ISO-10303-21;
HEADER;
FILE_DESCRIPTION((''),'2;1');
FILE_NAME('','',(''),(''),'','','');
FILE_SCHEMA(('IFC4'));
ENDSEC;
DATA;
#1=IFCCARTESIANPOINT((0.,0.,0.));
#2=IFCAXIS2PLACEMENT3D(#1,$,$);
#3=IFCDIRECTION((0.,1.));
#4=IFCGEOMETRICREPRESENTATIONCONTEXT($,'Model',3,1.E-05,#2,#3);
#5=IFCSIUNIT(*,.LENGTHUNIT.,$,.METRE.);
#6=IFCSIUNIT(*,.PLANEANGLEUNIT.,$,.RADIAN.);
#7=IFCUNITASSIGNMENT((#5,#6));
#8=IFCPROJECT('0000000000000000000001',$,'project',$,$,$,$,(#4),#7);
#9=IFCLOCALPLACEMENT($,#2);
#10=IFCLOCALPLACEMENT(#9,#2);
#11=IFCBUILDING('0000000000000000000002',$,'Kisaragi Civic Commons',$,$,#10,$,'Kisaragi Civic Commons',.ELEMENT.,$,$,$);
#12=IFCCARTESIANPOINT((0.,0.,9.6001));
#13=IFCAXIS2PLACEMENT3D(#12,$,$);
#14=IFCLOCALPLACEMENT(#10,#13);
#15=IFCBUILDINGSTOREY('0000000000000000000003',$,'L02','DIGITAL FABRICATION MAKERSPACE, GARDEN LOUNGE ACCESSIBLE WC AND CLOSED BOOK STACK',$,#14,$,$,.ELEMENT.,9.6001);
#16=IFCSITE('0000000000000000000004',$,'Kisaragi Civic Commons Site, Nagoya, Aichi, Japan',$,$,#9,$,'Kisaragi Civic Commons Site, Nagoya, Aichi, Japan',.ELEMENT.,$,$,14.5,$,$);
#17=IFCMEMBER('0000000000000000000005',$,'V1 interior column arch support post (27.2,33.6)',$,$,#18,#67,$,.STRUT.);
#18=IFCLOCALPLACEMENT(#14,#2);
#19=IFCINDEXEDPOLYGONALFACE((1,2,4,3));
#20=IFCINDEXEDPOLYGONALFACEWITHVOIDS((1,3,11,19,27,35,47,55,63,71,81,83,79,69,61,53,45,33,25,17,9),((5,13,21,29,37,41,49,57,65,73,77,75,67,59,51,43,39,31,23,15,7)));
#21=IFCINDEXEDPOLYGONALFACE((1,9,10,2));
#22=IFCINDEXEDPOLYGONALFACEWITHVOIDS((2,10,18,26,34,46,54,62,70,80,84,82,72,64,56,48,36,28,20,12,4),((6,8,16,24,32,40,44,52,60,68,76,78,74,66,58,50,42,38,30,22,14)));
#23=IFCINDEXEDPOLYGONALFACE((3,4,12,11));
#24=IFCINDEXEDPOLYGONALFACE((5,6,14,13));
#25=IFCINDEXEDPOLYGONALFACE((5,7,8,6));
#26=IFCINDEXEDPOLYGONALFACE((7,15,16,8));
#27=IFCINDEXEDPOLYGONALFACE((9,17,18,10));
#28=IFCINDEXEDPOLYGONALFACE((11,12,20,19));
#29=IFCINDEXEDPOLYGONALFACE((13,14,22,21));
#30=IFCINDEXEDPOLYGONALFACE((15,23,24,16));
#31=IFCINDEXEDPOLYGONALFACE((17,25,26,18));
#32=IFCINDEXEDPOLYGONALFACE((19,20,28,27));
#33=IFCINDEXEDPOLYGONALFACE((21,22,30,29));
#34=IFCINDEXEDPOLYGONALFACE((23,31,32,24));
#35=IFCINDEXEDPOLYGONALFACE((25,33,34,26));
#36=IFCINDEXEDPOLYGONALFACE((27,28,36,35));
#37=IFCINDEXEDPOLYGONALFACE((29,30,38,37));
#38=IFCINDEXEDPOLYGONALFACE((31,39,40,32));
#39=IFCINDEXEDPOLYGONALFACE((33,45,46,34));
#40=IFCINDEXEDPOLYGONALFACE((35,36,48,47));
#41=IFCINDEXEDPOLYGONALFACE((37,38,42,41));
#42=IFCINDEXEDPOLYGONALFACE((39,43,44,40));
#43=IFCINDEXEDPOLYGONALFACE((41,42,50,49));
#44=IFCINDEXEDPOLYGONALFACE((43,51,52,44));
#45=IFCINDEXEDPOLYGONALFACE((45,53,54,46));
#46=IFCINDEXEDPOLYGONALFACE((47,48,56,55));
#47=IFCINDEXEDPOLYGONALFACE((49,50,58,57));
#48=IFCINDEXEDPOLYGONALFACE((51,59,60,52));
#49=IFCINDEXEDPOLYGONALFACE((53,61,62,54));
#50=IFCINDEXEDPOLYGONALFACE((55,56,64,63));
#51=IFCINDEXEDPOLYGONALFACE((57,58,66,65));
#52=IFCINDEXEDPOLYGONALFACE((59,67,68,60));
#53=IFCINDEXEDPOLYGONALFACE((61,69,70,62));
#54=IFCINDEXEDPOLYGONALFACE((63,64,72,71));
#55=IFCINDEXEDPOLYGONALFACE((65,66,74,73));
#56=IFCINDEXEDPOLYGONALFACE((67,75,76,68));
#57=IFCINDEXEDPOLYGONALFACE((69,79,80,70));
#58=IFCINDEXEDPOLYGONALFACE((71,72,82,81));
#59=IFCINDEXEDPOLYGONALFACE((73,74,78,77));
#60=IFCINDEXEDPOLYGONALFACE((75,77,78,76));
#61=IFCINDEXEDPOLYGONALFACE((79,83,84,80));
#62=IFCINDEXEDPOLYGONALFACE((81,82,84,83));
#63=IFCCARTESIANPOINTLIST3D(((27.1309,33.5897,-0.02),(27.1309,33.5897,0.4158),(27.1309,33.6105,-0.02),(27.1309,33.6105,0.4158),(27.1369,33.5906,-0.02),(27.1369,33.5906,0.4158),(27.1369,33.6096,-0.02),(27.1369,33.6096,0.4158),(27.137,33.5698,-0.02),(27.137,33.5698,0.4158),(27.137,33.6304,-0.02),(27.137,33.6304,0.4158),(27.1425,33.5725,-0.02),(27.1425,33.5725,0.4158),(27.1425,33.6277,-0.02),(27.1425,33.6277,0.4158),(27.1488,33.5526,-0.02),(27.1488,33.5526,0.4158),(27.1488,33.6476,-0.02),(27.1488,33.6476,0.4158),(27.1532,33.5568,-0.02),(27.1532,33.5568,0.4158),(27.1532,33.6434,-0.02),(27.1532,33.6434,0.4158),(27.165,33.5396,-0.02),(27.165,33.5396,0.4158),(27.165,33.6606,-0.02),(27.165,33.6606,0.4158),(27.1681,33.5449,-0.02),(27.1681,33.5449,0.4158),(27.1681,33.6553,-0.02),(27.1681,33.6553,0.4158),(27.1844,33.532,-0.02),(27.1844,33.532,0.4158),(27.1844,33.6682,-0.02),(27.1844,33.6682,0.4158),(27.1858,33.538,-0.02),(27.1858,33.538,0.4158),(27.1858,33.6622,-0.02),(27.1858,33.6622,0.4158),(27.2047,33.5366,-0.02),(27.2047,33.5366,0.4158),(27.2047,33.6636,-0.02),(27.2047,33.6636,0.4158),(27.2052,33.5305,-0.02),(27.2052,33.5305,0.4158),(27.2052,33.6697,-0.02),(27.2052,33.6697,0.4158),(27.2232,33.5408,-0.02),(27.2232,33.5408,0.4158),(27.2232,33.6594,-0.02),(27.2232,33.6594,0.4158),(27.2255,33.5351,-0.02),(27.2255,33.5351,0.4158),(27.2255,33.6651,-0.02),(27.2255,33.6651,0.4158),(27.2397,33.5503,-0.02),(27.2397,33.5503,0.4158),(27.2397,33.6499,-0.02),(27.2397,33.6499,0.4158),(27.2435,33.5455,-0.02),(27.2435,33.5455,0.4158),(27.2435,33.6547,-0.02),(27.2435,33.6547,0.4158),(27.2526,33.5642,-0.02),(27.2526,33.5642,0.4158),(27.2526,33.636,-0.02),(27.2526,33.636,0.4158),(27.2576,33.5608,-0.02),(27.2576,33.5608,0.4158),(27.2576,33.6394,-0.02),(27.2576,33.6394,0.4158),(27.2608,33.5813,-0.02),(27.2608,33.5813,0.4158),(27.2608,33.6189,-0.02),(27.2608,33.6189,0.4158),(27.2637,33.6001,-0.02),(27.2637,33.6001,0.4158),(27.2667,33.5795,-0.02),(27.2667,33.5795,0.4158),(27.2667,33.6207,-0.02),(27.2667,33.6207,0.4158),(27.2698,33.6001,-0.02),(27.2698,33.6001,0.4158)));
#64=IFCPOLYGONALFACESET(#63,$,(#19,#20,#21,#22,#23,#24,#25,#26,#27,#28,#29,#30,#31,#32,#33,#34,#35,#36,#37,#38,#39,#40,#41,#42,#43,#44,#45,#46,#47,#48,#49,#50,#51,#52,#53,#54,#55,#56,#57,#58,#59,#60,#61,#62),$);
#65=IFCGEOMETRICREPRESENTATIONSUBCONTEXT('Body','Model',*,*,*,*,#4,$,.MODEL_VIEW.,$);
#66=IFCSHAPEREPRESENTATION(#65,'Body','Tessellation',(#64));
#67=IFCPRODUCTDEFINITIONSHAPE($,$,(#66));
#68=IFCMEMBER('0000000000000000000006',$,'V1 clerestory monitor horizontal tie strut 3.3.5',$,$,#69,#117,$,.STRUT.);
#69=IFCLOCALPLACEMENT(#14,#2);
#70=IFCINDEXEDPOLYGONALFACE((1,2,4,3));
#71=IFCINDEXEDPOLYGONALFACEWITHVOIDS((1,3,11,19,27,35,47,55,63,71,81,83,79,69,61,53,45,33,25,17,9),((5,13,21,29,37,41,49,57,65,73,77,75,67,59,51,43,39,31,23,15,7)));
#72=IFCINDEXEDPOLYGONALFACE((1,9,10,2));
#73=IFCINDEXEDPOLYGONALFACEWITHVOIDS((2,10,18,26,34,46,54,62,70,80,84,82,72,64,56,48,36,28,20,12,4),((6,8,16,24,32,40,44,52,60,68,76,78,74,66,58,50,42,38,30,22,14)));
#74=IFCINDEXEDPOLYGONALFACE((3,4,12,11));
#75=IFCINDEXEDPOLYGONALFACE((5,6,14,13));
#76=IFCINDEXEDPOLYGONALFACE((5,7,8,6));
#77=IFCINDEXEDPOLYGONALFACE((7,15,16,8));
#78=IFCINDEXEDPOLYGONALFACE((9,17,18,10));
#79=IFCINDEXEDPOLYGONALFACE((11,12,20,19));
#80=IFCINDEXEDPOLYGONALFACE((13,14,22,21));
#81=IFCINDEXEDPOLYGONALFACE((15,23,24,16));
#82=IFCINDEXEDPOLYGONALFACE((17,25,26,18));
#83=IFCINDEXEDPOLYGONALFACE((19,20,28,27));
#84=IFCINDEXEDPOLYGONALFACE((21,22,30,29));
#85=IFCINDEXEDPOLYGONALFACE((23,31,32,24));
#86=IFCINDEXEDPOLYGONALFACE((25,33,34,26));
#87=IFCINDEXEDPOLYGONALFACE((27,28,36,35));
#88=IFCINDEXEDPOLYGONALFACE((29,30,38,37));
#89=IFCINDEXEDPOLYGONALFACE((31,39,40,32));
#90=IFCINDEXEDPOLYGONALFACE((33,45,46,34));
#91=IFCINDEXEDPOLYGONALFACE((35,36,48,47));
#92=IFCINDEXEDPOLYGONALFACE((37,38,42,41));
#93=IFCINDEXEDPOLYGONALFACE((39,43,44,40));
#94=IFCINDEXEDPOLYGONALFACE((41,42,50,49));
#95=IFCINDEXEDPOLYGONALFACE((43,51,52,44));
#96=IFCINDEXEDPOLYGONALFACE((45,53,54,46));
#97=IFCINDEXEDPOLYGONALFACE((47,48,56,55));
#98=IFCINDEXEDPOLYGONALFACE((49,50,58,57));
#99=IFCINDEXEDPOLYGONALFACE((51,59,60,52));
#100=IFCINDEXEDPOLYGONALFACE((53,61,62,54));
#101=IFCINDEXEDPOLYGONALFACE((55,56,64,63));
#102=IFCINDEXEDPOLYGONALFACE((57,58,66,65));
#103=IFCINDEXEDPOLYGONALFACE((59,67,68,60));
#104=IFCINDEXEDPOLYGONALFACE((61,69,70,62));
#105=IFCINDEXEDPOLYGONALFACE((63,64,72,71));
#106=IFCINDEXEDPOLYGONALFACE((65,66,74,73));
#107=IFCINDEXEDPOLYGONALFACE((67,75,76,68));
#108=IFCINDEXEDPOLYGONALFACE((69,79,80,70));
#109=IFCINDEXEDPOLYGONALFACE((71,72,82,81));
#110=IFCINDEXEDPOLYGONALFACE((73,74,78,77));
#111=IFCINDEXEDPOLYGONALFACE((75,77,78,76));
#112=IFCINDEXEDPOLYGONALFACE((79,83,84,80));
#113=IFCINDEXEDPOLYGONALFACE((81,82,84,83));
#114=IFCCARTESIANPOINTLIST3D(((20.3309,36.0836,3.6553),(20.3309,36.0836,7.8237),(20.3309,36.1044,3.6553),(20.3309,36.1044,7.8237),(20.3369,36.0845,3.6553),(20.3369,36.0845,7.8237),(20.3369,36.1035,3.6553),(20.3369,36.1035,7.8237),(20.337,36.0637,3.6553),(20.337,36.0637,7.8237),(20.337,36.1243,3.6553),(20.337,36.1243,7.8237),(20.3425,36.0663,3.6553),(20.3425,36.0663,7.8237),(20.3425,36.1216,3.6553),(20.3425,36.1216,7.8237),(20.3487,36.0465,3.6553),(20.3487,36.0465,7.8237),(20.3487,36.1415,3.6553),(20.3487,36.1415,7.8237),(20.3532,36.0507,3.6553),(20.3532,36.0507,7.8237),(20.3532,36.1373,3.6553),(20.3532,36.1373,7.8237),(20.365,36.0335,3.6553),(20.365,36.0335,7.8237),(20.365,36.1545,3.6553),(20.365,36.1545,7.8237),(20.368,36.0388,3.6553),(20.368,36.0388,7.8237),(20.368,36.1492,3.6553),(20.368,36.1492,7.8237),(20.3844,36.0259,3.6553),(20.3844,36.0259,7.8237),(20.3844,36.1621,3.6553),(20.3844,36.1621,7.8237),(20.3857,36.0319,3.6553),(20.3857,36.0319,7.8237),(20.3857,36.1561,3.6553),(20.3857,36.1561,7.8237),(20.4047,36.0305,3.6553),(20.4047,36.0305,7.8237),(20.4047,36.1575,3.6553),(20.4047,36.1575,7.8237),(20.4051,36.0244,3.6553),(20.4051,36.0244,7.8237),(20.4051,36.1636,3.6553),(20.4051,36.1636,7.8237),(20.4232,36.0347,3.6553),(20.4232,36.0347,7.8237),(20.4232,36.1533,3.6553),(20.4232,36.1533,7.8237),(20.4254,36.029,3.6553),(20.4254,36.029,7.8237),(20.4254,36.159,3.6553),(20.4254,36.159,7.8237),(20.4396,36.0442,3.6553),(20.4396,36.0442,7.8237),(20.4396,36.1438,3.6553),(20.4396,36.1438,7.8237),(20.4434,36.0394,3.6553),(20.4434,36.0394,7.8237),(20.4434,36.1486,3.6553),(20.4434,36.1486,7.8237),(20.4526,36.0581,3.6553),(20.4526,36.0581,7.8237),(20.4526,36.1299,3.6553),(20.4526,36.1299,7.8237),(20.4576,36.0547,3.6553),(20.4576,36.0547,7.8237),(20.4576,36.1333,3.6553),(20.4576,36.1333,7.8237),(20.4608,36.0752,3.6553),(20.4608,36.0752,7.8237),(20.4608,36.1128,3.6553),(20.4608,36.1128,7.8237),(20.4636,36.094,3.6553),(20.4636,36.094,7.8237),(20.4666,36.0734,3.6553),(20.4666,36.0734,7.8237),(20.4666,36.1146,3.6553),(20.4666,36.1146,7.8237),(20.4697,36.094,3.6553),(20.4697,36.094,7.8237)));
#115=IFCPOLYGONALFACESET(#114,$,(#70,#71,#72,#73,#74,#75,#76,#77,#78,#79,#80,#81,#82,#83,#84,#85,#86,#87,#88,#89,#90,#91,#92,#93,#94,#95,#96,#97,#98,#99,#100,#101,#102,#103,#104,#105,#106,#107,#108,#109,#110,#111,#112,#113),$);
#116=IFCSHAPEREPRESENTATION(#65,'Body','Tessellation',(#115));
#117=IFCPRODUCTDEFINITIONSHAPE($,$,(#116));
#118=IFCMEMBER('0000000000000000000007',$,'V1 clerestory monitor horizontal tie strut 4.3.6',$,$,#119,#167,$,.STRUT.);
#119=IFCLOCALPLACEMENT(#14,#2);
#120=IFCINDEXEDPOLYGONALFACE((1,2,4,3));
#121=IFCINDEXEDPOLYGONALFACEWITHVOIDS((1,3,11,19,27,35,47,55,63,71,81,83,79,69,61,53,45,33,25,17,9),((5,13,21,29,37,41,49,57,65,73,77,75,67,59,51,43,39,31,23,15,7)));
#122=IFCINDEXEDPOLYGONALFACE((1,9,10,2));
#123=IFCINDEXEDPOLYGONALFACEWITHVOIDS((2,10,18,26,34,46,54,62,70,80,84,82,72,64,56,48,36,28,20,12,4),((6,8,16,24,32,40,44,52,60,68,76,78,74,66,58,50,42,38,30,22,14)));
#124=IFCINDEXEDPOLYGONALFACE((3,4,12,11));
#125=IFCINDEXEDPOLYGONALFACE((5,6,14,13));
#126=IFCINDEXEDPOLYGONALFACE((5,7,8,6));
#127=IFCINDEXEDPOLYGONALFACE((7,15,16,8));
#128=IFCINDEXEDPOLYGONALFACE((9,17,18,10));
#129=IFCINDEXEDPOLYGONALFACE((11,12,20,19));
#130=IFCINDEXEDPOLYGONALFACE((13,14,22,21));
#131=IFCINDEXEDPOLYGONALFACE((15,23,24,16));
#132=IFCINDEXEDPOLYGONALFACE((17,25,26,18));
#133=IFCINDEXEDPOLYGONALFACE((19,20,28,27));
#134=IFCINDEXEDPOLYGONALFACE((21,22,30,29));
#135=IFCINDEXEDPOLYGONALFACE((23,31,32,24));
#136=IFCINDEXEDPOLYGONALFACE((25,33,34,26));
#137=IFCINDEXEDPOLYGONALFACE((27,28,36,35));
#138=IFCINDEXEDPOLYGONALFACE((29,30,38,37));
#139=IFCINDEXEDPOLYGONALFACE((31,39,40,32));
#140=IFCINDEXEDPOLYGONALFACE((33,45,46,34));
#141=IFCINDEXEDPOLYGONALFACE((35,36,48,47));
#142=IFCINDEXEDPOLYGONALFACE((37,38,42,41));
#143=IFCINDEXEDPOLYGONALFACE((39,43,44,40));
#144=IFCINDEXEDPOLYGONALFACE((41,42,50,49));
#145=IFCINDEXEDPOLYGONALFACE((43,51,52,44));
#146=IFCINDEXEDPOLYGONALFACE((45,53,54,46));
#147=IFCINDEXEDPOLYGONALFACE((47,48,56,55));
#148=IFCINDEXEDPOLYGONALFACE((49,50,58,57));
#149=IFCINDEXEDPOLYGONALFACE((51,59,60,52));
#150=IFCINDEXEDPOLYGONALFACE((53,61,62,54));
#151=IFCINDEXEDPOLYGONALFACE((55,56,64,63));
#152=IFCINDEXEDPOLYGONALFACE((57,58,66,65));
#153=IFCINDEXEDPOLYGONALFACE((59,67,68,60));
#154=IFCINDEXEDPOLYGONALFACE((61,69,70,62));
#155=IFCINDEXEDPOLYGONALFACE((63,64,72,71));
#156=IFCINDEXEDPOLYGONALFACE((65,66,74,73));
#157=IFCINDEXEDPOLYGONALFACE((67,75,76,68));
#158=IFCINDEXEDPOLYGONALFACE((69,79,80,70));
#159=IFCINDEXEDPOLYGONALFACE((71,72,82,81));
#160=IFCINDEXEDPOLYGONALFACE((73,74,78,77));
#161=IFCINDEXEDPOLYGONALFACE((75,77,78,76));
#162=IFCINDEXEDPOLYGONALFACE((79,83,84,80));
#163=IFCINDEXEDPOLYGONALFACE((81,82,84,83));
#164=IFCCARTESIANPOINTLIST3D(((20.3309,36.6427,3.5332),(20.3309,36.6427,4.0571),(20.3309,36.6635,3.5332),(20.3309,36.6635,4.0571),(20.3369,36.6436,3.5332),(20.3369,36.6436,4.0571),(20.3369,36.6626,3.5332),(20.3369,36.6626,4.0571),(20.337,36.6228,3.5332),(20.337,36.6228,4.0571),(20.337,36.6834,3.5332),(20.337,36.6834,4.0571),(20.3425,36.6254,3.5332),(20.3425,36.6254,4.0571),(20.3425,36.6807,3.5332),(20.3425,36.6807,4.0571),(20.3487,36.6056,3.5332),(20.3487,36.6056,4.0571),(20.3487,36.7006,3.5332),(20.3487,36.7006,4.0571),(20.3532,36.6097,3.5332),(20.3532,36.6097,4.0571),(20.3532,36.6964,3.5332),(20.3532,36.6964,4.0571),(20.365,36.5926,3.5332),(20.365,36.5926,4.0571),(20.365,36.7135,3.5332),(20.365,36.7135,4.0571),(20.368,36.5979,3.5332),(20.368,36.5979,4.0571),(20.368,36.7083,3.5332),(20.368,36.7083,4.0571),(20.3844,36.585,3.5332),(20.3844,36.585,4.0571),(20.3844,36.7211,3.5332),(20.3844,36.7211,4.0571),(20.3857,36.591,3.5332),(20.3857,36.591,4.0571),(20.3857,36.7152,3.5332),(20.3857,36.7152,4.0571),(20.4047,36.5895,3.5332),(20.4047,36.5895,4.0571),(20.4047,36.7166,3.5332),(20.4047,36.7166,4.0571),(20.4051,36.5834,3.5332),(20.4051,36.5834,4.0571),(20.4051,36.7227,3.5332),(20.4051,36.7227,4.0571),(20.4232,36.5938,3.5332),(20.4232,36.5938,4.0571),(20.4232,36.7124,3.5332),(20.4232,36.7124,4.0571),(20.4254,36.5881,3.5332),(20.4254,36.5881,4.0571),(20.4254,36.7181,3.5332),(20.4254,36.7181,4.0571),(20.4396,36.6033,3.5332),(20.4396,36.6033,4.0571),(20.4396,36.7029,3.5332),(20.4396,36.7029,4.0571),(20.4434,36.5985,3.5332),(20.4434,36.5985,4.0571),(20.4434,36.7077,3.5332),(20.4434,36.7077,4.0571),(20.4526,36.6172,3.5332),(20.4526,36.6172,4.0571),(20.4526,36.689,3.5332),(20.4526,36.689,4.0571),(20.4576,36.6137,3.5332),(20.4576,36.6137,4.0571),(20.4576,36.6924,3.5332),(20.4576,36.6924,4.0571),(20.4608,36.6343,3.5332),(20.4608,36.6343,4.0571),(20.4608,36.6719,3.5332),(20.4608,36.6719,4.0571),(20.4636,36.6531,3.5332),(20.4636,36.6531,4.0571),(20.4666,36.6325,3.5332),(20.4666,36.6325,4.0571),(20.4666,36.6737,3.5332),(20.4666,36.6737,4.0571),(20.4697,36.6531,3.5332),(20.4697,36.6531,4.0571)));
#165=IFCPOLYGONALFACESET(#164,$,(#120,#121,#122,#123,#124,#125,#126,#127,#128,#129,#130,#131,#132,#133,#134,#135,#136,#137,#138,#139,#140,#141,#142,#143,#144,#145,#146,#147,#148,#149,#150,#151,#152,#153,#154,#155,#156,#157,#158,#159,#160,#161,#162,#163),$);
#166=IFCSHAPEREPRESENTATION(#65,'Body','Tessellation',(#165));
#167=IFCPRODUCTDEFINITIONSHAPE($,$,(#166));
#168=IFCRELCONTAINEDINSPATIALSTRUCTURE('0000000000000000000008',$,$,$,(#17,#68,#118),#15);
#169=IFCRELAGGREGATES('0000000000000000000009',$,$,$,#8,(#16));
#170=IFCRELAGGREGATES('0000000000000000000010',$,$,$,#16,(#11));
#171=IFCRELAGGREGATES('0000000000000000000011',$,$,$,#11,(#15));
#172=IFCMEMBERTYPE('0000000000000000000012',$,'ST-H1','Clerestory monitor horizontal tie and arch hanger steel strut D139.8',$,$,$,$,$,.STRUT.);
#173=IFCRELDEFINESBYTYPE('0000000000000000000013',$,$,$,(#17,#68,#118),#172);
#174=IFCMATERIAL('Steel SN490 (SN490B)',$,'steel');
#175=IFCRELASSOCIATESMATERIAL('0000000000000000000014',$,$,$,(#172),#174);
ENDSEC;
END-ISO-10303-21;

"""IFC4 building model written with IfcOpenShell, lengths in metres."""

from ifc_helpers import new_model, si_unit, direction, frame, origin, origin_2d, place, context, subcontext, project, spatial, hollow_circle, extrude, material, material_profile, profile_set, type_object, element, save


model = new_model("IFC4")

# Units and contexts
model_context = context("Model", 3, precision=1e-05, world=origin(), true_north=direction((0.0, 1.0)))
body_context = subcontext(model_context, "Body", "Model", "MODEL_VIEW")
ifc_project = project(units=[si_unit("LENGTHUNIT", "METRE"), si_unit("PLANEANGLEUNIT", "RADIAN")], contexts=[model_context])

# Site, building, storey
site_placement = place(None, origin())
site = spatial("IfcSite", under=ifc_project, at=site_placement, Name="Kisaragi Civic Commons Site, Nagoya, Aichi, Japan", LongName="Kisaragi Civic Commons Site, Nagoya, Aichi, Japan", CompositionType="ELEMENT", RefElevation=14.5)
building_placement = place(site_placement, origin())
building = spatial("IfcBuilding", under=site, at=building_placement, Name="Kisaragi Civic Commons", LongName="Kisaragi Civic Commons", CompositionType="ELEMENT")
storey_placement = place(building_placement, frame((0.0, 0.0, 9.6001)))
storey = spatial("IfcBuildingStorey", under=building, at=storey_placement, Name="L02", Description="DIGITAL FABRICATION MAKERSPACE, GARDEN LOUNGE ACCESSIBLE WC AND CLOSED BOOK STACK", CompositionType="ELEMENT", Elevation=9.6001)

# Members
ifc_material_1 = material(Name="Steel SN490 (SN490B)", Category="steel")
ifc_material_profile_1 = material_profile(ifc_material_1, hollow_circle(Radius=0.0698, WallThickness=0.0061, at=origin_2d()), Name="CHS-139.8x6.0", Category="steel")
ifc_profile_set_1 = profile_set([ifc_material_profile_1], Name="Steel SN490 (SN490B)")
member_type_1 = type_object("IfcMemberType", Name="ST-H1", Description="Clerestory monitor horizontal tie and arch hanger steel strut D139.8", PredefinedType="STRUT", material=ifc_profile_set_1)
member_1_placement = place(storey_placement, frame((27.2, 33.6001, -0.02), z_axis=(0.0, 0.0, 1.0), x_axis=(1.0, 0.0, 0.0)))
element("IfcMember", 1, at=member_1_placement, inside=storey, type_object=member_type_1, Name="V1 interior column arch support post (27.2,33.6)", PredefinedType="STRUT", context=body_context, shape_type="SweptSolid", body=[
    extrude(hollow_circle(Radius=0.0698, WallThickness=0.0061, at=origin_2d()), origin(), (0.0, 0.0, 1.0), 0.4358),
])
member_2_placement = place(storey_placement, frame((20.3999, 36.094, 3.6553), z_axis=(0.0, 0.0, 1.0), x_axis=(1.0, 0.0, 0.0)))
element("IfcMember", 2, at=member_2_placement, inside=storey, type_object=member_type_1, Name="V1 clerestory monitor horizontal tie strut 3.3.5", PredefinedType="STRUT", context=body_context, shape_type="SweptSolid", body=[
    extrude(hollow_circle(Radius=0.0698, WallThickness=0.0061, at=origin_2d()), origin(), (0.0, 0.0, 1.0), 4.1685),
])
member_3_placement = place(storey_placement, frame((20.3999, 36.6531, 3.5332), z_axis=(0.0, 0.0, 1.0), x_axis=(1.0, 0.0, 0.0)))
element("IfcMember", 3, at=member_3_placement, inside=storey, type_object=member_type_1, Name="V1 clerestory monitor horizontal tie strut 4.3.6", PredefinedType="STRUT", context=body_context, shape_type="SweptSolid", body=[
    extrude(hollow_circle(Radius=0.0698, WallThickness=0.0061, at=origin_2d()), origin(), (0.0, 0.0, 1.0), 0.5239),
])

save(model, "model.ifc")
